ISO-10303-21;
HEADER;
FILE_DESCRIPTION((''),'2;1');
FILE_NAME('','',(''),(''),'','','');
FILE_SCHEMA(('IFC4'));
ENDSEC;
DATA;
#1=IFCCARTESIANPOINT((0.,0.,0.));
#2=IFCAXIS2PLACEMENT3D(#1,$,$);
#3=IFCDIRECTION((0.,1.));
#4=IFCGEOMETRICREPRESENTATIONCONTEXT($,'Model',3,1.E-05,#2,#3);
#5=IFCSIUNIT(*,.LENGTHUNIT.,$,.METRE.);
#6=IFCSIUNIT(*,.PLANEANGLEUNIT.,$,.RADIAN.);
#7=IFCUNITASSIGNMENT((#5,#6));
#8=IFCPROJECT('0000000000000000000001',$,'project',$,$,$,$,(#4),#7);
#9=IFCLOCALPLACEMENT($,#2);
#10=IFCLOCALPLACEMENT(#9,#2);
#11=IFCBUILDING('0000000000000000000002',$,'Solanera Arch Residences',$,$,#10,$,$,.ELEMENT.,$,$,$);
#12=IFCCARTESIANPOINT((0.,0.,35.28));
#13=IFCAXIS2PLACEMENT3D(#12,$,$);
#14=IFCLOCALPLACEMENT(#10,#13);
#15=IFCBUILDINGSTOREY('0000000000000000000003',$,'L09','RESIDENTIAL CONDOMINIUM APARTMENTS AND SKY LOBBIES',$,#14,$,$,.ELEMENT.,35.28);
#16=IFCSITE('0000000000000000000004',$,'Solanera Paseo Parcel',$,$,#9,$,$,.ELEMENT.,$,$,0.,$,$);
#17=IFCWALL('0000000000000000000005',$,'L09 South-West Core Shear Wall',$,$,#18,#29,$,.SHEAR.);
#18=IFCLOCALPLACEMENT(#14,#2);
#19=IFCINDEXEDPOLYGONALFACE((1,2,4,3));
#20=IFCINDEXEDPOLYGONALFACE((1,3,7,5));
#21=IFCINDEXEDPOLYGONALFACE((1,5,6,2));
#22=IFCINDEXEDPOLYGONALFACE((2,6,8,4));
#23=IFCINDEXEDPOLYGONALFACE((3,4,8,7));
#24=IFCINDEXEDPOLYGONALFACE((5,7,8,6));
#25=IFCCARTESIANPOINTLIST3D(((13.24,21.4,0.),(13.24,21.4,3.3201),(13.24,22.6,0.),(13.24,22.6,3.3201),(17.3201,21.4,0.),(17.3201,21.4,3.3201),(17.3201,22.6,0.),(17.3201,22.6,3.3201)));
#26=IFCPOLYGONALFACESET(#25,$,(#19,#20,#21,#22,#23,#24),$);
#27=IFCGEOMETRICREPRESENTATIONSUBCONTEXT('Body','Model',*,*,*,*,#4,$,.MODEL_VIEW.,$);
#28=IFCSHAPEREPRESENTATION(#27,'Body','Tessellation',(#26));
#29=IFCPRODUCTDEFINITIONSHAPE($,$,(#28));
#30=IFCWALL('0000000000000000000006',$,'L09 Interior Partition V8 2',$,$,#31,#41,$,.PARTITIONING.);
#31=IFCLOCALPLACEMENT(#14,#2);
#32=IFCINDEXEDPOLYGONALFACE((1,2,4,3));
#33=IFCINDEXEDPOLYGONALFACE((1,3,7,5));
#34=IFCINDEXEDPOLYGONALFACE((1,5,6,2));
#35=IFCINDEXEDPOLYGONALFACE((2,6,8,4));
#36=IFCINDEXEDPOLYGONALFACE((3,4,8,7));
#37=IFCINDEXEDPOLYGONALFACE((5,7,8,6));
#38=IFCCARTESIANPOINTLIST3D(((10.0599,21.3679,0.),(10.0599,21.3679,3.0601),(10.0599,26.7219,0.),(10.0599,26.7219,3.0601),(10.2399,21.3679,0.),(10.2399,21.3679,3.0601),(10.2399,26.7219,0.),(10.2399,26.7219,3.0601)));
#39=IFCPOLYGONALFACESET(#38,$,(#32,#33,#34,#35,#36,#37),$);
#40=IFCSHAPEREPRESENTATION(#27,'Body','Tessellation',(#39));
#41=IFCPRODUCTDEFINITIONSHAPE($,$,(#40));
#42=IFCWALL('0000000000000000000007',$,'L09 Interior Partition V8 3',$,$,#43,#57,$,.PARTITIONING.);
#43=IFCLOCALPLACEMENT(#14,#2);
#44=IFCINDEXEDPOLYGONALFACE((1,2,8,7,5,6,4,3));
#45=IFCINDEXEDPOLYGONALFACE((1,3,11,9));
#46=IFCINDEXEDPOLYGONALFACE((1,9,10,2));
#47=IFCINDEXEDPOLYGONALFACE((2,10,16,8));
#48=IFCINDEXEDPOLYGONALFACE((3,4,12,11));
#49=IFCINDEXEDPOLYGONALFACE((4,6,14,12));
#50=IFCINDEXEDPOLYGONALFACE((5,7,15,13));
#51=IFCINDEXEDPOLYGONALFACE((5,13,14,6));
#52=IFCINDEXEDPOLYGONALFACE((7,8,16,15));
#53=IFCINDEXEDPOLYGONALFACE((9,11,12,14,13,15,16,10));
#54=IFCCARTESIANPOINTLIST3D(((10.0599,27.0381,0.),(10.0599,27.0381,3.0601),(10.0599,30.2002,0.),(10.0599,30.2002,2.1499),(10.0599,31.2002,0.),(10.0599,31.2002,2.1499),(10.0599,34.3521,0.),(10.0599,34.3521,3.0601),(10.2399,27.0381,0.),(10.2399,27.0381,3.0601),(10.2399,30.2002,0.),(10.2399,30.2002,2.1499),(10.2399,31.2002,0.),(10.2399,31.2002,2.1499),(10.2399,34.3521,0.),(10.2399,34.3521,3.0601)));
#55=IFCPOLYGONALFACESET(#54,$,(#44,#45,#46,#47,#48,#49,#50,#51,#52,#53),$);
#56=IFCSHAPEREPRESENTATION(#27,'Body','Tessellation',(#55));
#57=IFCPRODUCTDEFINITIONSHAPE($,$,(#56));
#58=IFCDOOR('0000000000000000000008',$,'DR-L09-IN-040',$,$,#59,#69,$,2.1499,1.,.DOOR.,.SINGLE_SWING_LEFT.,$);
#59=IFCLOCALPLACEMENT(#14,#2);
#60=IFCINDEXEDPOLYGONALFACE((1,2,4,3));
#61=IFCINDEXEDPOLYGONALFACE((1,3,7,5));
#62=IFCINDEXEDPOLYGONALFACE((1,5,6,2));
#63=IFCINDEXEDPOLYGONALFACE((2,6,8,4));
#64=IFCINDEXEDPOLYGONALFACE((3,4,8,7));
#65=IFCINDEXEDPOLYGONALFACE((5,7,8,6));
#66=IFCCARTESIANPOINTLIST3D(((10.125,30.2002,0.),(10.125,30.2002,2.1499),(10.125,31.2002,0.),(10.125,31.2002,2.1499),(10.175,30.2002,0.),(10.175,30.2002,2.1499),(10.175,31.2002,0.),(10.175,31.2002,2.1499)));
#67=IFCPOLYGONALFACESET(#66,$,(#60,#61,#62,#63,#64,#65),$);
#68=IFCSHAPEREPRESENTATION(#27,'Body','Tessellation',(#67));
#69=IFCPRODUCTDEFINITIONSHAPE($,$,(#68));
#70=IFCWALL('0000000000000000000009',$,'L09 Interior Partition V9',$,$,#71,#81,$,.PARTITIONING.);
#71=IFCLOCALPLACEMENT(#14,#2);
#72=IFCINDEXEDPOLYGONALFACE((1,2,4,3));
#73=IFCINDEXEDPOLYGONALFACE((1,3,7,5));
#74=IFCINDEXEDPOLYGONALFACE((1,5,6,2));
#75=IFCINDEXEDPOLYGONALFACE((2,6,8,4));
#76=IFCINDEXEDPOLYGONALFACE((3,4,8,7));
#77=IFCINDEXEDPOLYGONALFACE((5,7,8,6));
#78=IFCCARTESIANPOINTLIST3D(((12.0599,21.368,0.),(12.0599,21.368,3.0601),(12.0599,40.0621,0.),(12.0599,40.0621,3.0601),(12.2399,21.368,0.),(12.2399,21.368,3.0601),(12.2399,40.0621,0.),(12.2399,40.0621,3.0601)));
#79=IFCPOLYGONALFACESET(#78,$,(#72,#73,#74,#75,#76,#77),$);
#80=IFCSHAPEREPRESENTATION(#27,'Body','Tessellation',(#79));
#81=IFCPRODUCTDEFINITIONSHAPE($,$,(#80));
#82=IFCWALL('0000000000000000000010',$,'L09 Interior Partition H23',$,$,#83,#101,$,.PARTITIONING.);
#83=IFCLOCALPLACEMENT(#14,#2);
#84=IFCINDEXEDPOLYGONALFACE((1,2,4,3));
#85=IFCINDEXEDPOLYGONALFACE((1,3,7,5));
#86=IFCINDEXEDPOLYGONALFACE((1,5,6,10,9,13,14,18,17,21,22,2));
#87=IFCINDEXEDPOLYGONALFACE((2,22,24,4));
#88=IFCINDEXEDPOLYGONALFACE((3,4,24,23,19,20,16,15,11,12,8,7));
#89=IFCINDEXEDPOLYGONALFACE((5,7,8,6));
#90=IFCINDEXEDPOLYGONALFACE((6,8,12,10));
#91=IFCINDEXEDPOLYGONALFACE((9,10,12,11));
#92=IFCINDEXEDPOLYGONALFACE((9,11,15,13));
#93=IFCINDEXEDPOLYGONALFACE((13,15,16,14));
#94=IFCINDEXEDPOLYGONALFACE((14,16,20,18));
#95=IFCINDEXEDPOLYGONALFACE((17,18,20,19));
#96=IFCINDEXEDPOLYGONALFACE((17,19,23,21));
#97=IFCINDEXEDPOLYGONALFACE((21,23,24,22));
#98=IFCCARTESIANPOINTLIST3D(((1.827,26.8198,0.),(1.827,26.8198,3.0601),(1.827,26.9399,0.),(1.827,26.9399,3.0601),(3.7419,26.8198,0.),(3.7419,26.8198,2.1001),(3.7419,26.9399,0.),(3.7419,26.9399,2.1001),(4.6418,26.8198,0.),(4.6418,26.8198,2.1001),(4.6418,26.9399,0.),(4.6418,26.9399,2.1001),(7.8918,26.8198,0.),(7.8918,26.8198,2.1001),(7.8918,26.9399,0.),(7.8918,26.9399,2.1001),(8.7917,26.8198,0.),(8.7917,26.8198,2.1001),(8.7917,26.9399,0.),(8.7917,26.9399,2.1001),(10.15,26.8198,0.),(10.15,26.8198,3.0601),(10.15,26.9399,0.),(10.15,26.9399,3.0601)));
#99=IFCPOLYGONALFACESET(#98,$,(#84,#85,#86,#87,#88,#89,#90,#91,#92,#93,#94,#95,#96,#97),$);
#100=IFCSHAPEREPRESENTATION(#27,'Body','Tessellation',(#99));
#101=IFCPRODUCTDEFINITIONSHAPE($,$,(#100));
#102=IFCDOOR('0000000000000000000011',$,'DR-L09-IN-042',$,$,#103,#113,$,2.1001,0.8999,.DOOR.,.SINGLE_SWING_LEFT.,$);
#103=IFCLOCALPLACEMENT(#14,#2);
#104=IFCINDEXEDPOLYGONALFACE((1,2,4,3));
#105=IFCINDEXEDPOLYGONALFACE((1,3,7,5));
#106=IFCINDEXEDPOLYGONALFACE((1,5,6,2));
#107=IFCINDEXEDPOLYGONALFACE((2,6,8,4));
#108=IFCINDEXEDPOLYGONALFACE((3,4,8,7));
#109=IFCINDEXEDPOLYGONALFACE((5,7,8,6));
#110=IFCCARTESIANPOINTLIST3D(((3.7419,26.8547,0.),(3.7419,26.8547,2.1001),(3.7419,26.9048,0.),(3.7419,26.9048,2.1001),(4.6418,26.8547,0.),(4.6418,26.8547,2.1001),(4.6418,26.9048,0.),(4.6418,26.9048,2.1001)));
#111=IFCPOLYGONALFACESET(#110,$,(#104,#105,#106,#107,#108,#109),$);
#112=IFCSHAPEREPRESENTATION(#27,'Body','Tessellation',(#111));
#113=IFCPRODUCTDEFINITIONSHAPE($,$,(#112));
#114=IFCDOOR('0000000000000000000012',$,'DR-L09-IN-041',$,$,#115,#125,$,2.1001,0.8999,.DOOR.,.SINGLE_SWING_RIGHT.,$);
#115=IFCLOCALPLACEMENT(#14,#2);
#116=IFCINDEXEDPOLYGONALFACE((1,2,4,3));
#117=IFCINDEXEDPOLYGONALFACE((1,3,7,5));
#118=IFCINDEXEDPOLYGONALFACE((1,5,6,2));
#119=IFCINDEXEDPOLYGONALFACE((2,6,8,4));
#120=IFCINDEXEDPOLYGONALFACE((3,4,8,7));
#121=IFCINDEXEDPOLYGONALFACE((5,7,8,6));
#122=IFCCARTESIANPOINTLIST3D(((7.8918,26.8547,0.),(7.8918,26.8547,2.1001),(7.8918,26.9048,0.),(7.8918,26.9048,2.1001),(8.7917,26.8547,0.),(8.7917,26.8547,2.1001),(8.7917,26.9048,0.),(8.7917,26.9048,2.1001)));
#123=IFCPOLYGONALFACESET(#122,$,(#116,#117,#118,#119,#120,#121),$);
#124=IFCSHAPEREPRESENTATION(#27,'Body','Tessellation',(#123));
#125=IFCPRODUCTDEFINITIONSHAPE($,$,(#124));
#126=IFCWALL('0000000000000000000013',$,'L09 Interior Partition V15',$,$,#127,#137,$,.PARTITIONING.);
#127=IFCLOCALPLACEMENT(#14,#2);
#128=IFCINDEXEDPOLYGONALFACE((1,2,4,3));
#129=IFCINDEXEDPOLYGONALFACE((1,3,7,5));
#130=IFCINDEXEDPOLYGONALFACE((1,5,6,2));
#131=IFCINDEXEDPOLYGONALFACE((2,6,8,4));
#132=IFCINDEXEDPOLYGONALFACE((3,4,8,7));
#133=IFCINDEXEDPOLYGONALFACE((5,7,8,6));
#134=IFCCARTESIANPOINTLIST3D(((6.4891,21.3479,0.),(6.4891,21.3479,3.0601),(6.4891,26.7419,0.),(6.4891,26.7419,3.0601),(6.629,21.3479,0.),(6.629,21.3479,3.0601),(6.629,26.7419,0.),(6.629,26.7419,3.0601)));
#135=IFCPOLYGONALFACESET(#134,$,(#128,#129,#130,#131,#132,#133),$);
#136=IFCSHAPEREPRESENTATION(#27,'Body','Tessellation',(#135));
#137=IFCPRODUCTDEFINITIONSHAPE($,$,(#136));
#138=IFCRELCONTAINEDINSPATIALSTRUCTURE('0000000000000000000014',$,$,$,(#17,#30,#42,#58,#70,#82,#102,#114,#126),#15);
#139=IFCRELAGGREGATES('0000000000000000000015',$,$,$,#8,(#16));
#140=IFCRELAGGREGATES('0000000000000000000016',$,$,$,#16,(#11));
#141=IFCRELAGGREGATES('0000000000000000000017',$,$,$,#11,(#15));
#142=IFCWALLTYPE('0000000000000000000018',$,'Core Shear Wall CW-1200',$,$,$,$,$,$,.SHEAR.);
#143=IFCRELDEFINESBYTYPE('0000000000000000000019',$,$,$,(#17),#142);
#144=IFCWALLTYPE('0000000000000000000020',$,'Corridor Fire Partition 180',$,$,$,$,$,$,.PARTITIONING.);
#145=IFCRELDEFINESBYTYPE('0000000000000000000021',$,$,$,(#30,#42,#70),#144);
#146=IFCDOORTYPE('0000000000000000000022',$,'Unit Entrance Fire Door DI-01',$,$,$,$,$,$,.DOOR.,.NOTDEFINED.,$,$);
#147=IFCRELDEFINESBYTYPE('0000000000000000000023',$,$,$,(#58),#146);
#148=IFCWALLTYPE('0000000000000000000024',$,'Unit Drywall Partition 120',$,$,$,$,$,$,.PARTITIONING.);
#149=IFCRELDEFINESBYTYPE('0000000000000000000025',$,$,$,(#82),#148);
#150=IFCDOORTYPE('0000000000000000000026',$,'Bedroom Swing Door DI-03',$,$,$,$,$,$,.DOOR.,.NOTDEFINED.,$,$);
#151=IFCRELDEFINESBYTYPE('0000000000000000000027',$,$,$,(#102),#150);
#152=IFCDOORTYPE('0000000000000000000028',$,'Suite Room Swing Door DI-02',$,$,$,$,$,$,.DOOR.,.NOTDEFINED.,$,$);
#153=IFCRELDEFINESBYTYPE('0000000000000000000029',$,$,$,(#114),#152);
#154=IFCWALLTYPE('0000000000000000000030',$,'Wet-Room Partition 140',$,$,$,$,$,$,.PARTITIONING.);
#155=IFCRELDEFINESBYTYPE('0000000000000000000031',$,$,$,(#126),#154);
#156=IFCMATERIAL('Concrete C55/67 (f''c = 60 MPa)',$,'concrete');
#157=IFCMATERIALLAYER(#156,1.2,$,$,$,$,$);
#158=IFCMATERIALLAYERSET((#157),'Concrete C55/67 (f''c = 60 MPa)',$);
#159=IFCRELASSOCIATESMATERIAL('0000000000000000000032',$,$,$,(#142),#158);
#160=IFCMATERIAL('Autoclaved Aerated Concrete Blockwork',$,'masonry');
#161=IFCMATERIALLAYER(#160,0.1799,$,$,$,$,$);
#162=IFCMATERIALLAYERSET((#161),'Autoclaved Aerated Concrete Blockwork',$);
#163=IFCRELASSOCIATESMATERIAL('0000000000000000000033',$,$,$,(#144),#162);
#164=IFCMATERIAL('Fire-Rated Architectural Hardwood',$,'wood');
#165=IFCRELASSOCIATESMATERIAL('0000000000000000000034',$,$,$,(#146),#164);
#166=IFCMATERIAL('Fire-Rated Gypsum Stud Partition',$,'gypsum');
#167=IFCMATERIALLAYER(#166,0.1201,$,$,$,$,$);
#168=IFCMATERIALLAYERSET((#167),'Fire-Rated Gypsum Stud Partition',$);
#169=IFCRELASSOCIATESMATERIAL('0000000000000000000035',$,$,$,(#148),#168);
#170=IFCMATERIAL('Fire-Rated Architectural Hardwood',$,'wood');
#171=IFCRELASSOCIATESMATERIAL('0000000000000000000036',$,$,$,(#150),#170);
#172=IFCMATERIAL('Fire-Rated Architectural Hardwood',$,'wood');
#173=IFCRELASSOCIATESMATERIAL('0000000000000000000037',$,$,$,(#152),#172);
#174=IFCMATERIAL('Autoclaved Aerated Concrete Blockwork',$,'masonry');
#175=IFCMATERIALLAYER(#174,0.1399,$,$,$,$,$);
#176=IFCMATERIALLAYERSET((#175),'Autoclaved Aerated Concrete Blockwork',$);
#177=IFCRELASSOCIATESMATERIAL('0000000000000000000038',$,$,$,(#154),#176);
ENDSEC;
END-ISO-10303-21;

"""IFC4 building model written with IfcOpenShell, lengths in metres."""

from ifc_helpers import new_model, si_unit, direction, frame, frame_2d, origin, place, context, subcontext, project, spatial, rectangle, extrude, material, layer, layer_set, type_object, element, fill, save


model = new_model("IFC4")

# Units and contexts
model_context = context("Model", 3, precision=1e-05, world=origin(), true_north=direction((0.0, 1.0)))
body_context = subcontext(model_context, "Body", "Model", "MODEL_VIEW")
ifc_project = project(units=[si_unit("LENGTHUNIT", "METRE"), si_unit("PLANEANGLEUNIT", "RADIAN")], contexts=[model_context])

# Site, building, storey
site_placement = place(None, origin())
site = spatial("IfcSite", under=ifc_project, at=site_placement, Name="Solanera Paseo Parcel", CompositionType="ELEMENT", RefElevation=0.0)
building_placement = place(site_placement, origin())
building = spatial("IfcBuilding", under=site, at=building_placement, Name="Solanera Arch Residences", CompositionType="ELEMENT")
storey_placement = place(building_placement, frame((0.0, 0.0, 35.28)))
storey = spatial("IfcBuildingStorey", under=building, at=storey_placement, Name="L09", Description="RESIDENTIAL CONDOMINIUM APARTMENTS AND SKY LOBBIES", CompositionType="ELEMENT", Elevation=35.28)

# Walls
ifc_material_1 = material(Name="Concrete C55/67 (f'c = 60 MPa)", Category="concrete")
ifc_layer_1 = layer(ifc_material_1, 1.2)
ifc_layer_set_1 = layer_set([ifc_layer_1], Name="Concrete C55/67 (f'c = 60 MPa)")
wall_type_1 = type_object("IfcWallType", Name="Core Shear Wall CW-1200", PredefinedType="SHEAR", material=ifc_layer_set_1)
wall_1_placement = place(storey_placement, frame((13.24, 22.0, 0.0), z_axis=(0.0, 0.0, 1.0), x_axis=(1.0, 0.0, 0.0)))
element("IfcWall", 1, at=wall_1_placement, inside=storey, type_object=wall_type_1, Name="L09 South-West Core Shear Wall", PredefinedType="SHEAR", context=body_context, shape_type="SweptSolid", body=[
    extrude(rectangle(XDim=4.0801, YDim=1.2, at=frame_2d((2.04, 0.0))), origin(), (0.0, 0.0, 1.0), 3.3201),
])
ifc_material_2 = material(Name="Autoclaved Aerated Concrete Blockwork", Category="masonry")
ifc_layer_2 = layer(ifc_material_2, 0.1799)
ifc_layer_set_2 = layer_set([ifc_layer_2], Name="Autoclaved Aerated Concrete Blockwork")
wall_type_2 = type_object("IfcWallType", Name="Corridor Fire Partition 180", PredefinedType="PARTITIONING", material=ifc_layer_set_2)
wall_2_placement = place(storey_placement, frame((10.1499, 21.3679, 0.0), z_axis=(0.0, 0.0, 1.0), x_axis=(0.0, 1.0, 0.0)))
element("IfcWall", 2, at=wall_2_placement, inside=storey, type_object=wall_type_2, Name="L09 Interior Partition V8 2", PredefinedType="PARTITIONING", context=body_context, shape_type="SweptSolid", body=[
    extrude(rectangle(XDim=5.354, YDim=0.1799, at=frame_2d((2.677, 0.0))), origin(), (0.0, 0.0, 1.0), 3.0601),
])

# Wall, opening, door
wall_3_placement = place(storey_placement, frame((10.1499, 27.0381, 0.0), z_axis=(0.0, 0.0, 1.0), x_axis=(0.0, 1.0, 0.0)))
wall_3 = element("IfcWall", 3, at=wall_3_placement, inside=storey, type_object=wall_type_2, Name="L09 Interior Partition V8 3", PredefinedType="PARTITIONING", context=body_context, shape_type="SweptSolid", body=[
    extrude(rectangle(XDim=7.314, YDim=0.1799, at=frame_2d((3.657, 0.0))), origin(), (0.0, 0.0, 1.0), 3.0601),
])
opening_1_placement = place(wall_3_placement, frame((3.1621, 0.0, 0.0)))
opening_1 = element("IfcOpeningElement", 4, at=opening_1_placement, cuts=wall_3, PredefinedType="OPENING", context=body_context, shape_type="SweptSolid", body=[
    extrude(rectangle(XDim=1.0, YDim=2.1499, at=frame_2d((0.5, 1.075))), frame((0.0, 0.1001, 0.0), z_axis=(0.0, -1.0, 0.0), x_axis=(1.0, 0.0, 0.0)), (0.0, 0.0, 1.0), 0.1999),
])
ifc_material_3 = material(Name="Fire-Rated Architectural Hardwood", Category="wood")
door_type_1 = type_object("IfcDoorType", Name="Unit Entrance Fire Door DI-01", OperationType="NOTDEFINED", PredefinedType="DOOR", material=ifc_material_3)
door_1_placement = place(opening_1_placement, origin())
door_1 = element("IfcDoor", 5, at=door_1_placement, inside=storey, type_object=door_type_1, Name="DR-L09-IN-040", OperationType="SINGLE_SWING_LEFT", OverallHeight=2.1499, OverallWidth=1.0, PredefinedType="DOOR", context=body_context, shape_type="SweptSolid", body=[
    extrude(rectangle(XDim=1.0, YDim=2.1499, at=frame_2d((0.5, 1.075))), frame((0.0, 0.0249, 0.0), z_axis=(0.0, -1.0, 0.0), x_axis=(1.0, 0.0, 0.0)), (0.0, 0.0, 1.0), 0.05),
])
fill(opening_1, door_1)

# Wall
wall_4_placement = place(storey_placement, frame((12.1499, 21.3679, 0.0), z_axis=(0.0, 0.0, 1.0), x_axis=(0.0, 1.0, 0.0)))
element("IfcWall", 6, at=wall_4_placement, inside=storey, type_object=wall_type_2, Name="L09 Interior Partition V9", PredefinedType="PARTITIONING", context=body_context, shape_type="SweptSolid", body=[
    extrude(rectangle(XDim=18.6941, YDim=0.1799, at=frame_2d((9.3472, 0.0))), origin(), (0.0, 0.0, 1.0), 3.0601),
])

# Wall, openings, doors
ifc_material_4 = material(Name="Fire-Rated Gypsum Stud Partition", Category="gypsum")
ifc_layer_3 = layer(ifc_material_4, 0.1201)
ifc_layer_set_3 = layer_set([ifc_layer_3], Name="Fire-Rated Gypsum Stud Partition")
wall_type_3 = type_object("IfcWallType", Name="Unit Drywall Partition 120", PredefinedType="PARTITIONING", material=ifc_layer_set_3)
wall_5_placement = place(storey_placement, frame((1.8269, 26.8799, 0.0), z_axis=(0.0, 0.0, 1.0), x_axis=(1.0, 0.0, 0.0)))
wall_5 = element("IfcWall", 7, at=wall_5_placement, inside=storey, type_object=wall_type_3, Name="L09 Interior Partition H23", PredefinedType="PARTITIONING", context=body_context, shape_type="SweptSolid", body=[
    extrude(rectangle(XDim=8.323, YDim=0.1201, at=frame_2d((4.1616, 0.0))), origin(), (0.0, 0.0, 1.0), 3.0601),
])
opening_2_placement = place(wall_5_placement, frame((6.0649, 0.0, 0.0)))
opening_2 = element("IfcOpeningElement", 8, at=opening_2_placement, cuts=wall_5, PredefinedType="OPENING", context=body_context, shape_type="SweptSolid", body=[
    extrude(rectangle(XDim=0.8999, YDim=2.1001, at=frame_2d((0.45, 1.05))), frame((0.0, 0.0701, 0.0), z_axis=(0.0, -1.0, 0.0), x_axis=(1.0, 0.0, 0.0)), (0.0, 0.0, 1.0), 0.1401),
])
opening_3_placement = place(wall_5_placement, frame((1.915, 0.0, 0.0)))
opening_3 = element("IfcOpeningElement", 9, at=opening_3_placement, cuts=wall_5, PredefinedType="OPENING", context=body_context, shape_type="SweptSolid", body=[
    extrude(rectangle(XDim=0.8999, YDim=2.1001, at=frame_2d((0.45, 1.05))), frame((0.0, 0.0701, 0.0), z_axis=(0.0, -1.0, 0.0), x_axis=(1.0, 0.0, 0.0)), (0.0, 0.0, 1.0), 0.1401),
])
ifc_material_5 = material(Name="Fire-Rated Architectural Hardwood", Category="wood")
door_type_2 = type_object("IfcDoorType", Name="Bedroom Swing Door DI-03", OperationType="NOTDEFINED", PredefinedType="DOOR", material=ifc_material_5)
door_2_placement = place(opening_3_placement, origin())
door_2 = element("IfcDoor", 10, at=door_2_placement, inside=storey, type_object=door_type_2, Name="DR-L09-IN-042", OperationType="SINGLE_SWING_LEFT", OverallHeight=2.1001, OverallWidth=0.8999, PredefinedType="DOOR", context=body_context, shape_type="SweptSolid", body=[
    extrude(rectangle(XDim=0.8999, YDim=2.1001, at=frame_2d((0.45, 1.05))), frame((0.0, 0.0249, 0.0), z_axis=(0.0, -1.0, 0.0), x_axis=(1.0, 0.0, 0.0)), (0.0, 0.0, 1.0), 0.05),
])
fill(opening_3, door_2)
ifc_material_6 = material(Name="Fire-Rated Architectural Hardwood", Category="wood")
door_type_3 = type_object("IfcDoorType", Name="Suite Room Swing Door DI-02", OperationType="NOTDEFINED", PredefinedType="DOOR", material=ifc_material_6)
door_3_placement = place(opening_2_placement, origin())
door_3 = element("IfcDoor", 11, at=door_3_placement, inside=storey, type_object=door_type_3, Name="DR-L09-IN-041", OperationType="SINGLE_SWING_RIGHT", OverallHeight=2.1001, OverallWidth=0.8999, PredefinedType="DOOR", context=body_context, shape_type="SweptSolid", body=[
    extrude(rectangle(XDim=0.8999, YDim=2.1001, at=frame_2d((0.45, 1.05))), frame((0.0, 0.0249, 0.0), z_axis=(0.0, -1.0, 0.0), x_axis=(1.0, 0.0, 0.0)), (0.0, 0.0, 1.0), 0.05),
])
fill(opening_2, door_3)

# Wall
ifc_material_7 = material(Name="Autoclaved Aerated Concrete Blockwork", Category="masonry")
ifc_layer_4 = layer(ifc_material_7, 0.1399)
ifc_layer_set_4 = layer_set([ifc_layer_4], Name="Autoclaved Aerated Concrete Blockwork")
wall_type_4 = type_object("IfcWallType", Name="Wet-Room Partition 140", PredefinedType="PARTITIONING", material=ifc_layer_set_4)
wall_6_placement = place(storey_placement, frame((6.5591, 21.3479, 0.0), z_axis=(0.0, 0.0, 1.0), x_axis=(0.0, 1.0, 0.0)))
element("IfcWall", 12, at=wall_6_placement, inside=storey, type_object=wall_type_4, Name="L09 Interior Partition V15", PredefinedType="PARTITIONING", context=body_context, shape_type="SweptSolid", body=[
    extrude(rectangle(XDim=5.394, YDim=0.1399, at=frame_2d((2.697, 0.0))), origin(), (0.0, 0.0, 1.0), 3.0601),
])

save(model, "model.ifc")
